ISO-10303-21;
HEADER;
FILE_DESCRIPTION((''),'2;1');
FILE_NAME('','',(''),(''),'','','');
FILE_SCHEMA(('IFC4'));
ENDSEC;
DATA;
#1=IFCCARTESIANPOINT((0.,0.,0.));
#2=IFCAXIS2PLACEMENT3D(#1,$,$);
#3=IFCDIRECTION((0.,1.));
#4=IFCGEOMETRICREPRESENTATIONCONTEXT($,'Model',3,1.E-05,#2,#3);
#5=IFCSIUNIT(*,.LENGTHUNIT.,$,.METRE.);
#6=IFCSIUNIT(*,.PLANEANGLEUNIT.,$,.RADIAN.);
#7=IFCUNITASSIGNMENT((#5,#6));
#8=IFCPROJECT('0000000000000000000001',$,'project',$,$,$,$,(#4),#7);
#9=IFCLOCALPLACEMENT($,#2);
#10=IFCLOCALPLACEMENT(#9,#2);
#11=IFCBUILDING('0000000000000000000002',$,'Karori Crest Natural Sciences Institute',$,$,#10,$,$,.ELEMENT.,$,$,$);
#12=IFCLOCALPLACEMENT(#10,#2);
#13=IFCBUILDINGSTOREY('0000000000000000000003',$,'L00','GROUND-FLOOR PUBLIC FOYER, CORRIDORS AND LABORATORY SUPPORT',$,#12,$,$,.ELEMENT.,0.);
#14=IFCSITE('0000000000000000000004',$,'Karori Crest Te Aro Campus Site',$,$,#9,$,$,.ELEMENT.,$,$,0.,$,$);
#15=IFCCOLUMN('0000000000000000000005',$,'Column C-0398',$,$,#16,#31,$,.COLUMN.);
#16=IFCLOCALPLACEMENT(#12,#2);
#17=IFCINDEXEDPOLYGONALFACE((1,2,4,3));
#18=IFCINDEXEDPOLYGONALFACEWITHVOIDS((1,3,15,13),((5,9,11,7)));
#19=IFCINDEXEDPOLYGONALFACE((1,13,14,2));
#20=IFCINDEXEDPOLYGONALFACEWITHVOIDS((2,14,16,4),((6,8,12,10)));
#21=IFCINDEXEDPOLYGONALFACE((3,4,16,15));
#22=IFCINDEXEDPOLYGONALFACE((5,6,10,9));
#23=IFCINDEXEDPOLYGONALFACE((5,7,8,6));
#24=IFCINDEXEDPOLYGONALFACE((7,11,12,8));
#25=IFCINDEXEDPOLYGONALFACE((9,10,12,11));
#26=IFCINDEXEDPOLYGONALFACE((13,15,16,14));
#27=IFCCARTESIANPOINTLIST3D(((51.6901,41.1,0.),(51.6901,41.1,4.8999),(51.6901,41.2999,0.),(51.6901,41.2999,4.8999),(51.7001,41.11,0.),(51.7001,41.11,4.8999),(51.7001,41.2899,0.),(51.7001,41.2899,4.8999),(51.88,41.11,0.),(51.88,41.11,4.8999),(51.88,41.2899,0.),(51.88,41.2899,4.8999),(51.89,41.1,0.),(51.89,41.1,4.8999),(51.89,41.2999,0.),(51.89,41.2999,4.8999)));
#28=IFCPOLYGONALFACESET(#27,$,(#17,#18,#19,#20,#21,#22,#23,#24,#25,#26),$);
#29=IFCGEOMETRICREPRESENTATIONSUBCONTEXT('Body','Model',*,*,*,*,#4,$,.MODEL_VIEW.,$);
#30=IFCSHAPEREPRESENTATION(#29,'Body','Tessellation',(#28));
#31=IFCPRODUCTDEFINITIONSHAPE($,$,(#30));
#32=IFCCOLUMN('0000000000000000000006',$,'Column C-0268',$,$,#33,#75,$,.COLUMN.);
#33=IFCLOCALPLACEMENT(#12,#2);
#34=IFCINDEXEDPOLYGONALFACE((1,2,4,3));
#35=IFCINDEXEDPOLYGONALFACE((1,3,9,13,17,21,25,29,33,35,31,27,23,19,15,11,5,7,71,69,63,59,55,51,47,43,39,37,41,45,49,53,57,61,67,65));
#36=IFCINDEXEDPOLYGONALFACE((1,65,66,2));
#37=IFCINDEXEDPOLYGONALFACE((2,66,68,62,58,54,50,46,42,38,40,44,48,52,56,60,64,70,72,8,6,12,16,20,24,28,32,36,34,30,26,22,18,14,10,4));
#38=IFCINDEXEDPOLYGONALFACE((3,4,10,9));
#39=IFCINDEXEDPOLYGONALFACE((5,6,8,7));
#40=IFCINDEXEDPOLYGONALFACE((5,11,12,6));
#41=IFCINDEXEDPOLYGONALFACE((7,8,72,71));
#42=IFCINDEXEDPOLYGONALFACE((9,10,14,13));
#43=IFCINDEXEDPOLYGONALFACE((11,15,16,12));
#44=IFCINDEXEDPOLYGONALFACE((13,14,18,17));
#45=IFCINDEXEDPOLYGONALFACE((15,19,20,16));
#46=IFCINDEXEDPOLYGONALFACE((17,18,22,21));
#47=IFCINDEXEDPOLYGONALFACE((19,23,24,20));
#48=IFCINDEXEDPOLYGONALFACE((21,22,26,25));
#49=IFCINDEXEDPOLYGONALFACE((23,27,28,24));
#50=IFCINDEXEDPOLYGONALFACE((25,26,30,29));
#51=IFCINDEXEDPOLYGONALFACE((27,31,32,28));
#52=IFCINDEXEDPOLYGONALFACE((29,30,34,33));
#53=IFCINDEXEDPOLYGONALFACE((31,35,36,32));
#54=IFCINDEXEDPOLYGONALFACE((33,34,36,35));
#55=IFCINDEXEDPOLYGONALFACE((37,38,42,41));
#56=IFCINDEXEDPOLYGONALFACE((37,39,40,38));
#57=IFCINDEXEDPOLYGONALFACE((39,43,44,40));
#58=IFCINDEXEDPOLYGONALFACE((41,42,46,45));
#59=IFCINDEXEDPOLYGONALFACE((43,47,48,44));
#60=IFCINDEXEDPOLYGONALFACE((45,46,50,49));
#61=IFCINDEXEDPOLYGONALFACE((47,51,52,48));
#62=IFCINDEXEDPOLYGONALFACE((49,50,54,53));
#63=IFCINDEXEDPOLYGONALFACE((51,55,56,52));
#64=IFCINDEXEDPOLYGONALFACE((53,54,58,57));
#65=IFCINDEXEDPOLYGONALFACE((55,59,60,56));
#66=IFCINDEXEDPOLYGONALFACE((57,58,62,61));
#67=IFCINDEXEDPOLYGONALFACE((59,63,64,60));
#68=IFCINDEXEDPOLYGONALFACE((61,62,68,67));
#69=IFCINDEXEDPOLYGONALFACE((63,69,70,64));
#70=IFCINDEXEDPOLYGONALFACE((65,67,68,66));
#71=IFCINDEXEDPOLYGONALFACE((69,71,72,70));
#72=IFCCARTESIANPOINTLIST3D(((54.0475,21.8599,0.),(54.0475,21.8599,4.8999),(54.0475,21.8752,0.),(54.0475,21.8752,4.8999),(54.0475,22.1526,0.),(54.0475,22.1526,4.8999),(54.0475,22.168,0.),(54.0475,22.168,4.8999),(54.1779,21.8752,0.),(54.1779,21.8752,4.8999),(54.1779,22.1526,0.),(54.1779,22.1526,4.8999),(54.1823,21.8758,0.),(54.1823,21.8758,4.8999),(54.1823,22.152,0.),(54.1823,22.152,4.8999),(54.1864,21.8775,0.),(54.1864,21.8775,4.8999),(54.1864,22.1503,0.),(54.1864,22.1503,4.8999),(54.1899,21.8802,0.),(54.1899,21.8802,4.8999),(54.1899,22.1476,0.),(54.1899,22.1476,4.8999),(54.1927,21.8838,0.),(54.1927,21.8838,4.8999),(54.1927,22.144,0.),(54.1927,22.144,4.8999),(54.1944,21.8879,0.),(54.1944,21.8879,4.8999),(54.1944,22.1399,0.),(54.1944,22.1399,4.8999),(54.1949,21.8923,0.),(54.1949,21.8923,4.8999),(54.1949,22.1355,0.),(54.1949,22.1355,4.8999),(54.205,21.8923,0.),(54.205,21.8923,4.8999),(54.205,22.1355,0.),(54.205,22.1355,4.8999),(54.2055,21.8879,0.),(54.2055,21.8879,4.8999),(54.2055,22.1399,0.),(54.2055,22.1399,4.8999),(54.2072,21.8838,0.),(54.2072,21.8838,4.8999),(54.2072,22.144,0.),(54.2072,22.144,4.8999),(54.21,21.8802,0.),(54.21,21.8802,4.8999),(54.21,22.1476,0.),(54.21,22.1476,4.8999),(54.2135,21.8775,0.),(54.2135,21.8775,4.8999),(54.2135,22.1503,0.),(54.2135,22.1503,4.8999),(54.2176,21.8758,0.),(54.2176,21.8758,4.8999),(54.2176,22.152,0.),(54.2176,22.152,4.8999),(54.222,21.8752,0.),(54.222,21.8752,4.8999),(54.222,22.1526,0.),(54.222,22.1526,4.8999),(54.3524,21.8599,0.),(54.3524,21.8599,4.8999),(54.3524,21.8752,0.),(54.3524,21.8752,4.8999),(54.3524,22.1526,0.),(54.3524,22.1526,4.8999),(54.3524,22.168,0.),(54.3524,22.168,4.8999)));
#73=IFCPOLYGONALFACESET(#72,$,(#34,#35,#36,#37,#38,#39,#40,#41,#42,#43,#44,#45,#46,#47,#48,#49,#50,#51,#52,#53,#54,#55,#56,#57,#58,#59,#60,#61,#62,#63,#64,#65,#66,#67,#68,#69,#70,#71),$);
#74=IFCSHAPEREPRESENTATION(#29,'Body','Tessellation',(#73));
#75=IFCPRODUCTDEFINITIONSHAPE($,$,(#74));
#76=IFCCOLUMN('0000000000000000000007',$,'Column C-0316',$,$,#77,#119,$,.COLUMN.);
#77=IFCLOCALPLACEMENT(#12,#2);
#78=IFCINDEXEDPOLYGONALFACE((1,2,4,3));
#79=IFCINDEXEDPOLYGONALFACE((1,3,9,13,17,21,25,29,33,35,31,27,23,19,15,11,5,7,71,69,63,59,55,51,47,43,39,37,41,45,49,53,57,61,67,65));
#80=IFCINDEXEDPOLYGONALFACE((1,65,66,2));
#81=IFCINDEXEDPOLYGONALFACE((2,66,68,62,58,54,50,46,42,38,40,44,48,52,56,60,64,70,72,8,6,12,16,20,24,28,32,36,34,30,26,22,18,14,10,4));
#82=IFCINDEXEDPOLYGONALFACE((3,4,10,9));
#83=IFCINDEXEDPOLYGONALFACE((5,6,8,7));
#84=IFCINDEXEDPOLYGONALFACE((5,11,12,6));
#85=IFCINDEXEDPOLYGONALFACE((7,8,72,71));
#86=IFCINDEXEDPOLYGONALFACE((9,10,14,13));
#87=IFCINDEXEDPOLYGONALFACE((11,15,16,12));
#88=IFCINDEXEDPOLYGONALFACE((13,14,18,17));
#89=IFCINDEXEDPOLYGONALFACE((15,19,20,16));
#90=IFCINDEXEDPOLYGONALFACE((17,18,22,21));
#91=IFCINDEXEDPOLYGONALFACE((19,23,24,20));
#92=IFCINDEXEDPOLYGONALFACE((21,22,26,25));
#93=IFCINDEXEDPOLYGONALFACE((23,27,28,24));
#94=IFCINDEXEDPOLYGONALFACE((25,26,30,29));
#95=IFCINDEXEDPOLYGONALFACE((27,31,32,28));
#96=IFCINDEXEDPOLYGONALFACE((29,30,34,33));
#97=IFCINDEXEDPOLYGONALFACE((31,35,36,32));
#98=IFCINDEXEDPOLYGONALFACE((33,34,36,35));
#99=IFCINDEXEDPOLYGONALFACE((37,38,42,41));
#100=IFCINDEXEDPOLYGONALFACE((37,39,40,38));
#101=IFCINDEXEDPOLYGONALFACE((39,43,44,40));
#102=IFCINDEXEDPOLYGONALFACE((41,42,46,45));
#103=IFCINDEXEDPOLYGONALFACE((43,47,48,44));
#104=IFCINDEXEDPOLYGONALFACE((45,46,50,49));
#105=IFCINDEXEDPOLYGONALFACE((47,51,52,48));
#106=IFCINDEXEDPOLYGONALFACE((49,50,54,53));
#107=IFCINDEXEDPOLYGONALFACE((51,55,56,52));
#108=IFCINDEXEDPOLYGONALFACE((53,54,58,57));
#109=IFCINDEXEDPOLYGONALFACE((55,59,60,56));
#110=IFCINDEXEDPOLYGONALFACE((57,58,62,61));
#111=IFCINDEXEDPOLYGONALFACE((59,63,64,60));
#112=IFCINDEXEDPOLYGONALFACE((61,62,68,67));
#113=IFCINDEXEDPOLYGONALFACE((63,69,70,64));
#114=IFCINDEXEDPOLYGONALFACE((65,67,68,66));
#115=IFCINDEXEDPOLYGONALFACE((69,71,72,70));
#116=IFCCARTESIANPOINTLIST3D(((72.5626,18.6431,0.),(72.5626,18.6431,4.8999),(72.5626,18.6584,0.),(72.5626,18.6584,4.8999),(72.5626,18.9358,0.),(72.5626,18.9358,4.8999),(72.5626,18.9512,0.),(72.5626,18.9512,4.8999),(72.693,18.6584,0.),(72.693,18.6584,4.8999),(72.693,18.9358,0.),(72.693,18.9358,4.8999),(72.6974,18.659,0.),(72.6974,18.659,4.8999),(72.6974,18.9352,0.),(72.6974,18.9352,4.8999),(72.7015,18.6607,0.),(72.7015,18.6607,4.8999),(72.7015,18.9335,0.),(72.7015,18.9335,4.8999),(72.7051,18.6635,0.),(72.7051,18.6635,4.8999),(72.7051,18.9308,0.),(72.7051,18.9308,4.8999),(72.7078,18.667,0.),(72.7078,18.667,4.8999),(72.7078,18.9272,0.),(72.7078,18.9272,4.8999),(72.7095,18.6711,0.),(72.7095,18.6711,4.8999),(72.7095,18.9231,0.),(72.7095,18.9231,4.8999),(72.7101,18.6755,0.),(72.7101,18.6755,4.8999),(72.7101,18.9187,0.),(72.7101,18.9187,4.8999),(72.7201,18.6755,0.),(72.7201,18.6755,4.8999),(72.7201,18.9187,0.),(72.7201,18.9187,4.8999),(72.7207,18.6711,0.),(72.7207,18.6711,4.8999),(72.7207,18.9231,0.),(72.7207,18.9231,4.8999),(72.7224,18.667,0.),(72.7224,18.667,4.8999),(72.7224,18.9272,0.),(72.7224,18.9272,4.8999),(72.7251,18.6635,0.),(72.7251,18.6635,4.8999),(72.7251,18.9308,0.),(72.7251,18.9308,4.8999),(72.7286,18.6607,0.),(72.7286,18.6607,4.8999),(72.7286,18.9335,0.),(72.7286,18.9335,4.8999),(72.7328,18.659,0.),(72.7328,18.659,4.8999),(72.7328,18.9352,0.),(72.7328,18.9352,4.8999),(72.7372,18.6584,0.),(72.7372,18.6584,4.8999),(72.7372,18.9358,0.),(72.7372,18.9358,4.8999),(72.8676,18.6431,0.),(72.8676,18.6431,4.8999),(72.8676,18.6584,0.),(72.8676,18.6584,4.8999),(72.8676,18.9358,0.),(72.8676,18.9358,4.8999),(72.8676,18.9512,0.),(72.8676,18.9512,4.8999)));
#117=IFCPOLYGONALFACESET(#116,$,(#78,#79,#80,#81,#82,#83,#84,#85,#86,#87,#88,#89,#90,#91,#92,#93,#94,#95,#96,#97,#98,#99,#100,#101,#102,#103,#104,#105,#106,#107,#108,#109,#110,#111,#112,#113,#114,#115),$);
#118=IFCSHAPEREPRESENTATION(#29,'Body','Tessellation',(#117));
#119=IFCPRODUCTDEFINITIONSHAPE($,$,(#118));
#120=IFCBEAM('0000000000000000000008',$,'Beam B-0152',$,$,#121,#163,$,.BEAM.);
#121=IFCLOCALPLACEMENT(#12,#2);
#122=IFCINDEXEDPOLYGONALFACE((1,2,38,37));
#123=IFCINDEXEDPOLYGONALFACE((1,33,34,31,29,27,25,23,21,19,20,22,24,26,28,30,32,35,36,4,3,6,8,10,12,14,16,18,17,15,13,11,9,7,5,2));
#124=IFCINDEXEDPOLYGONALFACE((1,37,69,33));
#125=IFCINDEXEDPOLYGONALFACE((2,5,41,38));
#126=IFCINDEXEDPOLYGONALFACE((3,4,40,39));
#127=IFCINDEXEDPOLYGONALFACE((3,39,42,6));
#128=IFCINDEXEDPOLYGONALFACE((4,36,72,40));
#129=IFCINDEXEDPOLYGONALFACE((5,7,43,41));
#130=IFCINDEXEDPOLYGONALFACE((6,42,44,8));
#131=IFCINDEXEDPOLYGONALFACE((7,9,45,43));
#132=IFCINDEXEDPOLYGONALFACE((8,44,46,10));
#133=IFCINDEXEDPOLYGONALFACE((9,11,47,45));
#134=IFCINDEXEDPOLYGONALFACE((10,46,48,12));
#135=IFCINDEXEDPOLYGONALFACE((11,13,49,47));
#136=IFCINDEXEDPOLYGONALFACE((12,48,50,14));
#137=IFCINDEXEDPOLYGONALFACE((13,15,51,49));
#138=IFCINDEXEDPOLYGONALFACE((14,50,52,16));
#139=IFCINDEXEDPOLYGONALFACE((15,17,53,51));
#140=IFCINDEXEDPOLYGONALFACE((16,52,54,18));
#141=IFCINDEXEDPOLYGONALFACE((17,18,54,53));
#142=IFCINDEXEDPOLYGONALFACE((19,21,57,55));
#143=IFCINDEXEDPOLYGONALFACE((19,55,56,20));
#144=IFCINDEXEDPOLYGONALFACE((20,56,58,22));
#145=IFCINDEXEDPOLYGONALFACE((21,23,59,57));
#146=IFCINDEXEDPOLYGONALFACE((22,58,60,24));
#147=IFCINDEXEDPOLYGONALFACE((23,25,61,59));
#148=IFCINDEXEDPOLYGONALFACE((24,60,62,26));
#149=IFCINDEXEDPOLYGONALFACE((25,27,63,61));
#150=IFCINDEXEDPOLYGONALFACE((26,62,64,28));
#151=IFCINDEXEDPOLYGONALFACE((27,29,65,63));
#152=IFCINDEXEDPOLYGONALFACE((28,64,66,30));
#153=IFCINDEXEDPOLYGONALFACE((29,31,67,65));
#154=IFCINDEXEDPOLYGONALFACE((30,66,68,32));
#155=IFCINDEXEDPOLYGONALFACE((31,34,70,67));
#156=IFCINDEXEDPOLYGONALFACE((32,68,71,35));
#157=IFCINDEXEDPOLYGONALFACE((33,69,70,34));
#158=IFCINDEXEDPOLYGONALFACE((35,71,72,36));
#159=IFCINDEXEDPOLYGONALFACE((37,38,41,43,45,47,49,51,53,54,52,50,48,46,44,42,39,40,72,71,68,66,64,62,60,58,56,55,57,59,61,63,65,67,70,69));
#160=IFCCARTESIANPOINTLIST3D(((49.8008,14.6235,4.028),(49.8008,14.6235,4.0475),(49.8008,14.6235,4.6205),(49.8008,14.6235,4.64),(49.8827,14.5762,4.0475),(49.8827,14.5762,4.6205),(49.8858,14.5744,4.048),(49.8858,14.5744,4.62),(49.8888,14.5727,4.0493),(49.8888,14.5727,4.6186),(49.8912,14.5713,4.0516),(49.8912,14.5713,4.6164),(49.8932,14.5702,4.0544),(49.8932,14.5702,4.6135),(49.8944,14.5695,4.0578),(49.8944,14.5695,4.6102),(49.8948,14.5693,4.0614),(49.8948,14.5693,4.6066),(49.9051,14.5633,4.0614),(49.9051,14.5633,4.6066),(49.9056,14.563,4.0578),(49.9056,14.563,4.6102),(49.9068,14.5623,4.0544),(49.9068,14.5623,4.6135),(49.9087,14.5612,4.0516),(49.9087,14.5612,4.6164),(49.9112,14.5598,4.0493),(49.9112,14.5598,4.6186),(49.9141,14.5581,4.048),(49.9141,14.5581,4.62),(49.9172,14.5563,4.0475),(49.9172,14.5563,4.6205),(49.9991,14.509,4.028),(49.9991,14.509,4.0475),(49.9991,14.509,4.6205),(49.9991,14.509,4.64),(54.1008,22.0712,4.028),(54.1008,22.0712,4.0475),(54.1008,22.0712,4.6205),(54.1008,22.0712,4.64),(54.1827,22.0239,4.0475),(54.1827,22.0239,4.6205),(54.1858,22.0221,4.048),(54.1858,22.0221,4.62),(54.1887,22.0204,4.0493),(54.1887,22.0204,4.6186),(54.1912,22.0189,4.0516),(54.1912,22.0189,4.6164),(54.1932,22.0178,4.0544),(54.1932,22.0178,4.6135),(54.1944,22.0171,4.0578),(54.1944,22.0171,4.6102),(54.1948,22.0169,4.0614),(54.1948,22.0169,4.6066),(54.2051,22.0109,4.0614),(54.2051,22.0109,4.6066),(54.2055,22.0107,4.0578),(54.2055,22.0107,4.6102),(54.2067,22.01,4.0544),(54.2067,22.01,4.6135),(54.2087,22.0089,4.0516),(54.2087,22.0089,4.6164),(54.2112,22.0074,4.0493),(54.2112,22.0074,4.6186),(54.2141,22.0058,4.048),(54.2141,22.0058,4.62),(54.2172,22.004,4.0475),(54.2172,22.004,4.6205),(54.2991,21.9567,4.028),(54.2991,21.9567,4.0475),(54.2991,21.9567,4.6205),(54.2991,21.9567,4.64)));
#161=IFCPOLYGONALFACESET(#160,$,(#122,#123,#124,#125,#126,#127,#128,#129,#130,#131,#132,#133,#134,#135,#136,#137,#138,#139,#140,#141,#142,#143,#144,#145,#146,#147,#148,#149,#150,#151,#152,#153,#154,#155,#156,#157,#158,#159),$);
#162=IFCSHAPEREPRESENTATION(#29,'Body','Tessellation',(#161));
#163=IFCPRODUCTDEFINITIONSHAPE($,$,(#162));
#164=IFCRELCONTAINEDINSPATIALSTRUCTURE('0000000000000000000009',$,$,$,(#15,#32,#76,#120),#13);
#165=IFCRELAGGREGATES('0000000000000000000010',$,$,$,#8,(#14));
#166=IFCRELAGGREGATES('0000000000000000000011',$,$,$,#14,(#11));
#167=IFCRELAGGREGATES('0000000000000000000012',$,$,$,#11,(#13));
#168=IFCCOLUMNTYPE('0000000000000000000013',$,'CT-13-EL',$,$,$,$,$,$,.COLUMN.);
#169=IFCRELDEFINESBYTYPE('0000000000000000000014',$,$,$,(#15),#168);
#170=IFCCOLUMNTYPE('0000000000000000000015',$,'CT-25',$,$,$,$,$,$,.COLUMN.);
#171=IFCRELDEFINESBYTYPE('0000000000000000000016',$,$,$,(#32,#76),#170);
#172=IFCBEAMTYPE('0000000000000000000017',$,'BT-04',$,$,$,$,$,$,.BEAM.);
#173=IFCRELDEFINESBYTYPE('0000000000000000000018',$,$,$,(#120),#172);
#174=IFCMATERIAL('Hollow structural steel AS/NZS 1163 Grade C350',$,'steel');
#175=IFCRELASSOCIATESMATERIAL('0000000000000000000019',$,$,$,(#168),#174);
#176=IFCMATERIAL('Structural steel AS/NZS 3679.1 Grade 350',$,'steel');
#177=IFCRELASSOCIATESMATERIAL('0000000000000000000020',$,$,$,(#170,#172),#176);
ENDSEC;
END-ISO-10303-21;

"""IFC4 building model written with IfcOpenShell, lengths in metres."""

from ifc_helpers import new_model, si_unit, direction, frame, origin, origin_2d, place, context, subcontext, project, spatial, hollow_rectangle, i_section, extrude, material, material_profile, profile_set, type_object, element, save


model = new_model("IFC4")

# Units and contexts
model_context = context("Model", 3, precision=1e-05, world=origin(), true_north=direction((0.0, 1.0)))
body_context = subcontext(model_context, "Body", "Model", "MODEL_VIEW")
ifc_project = project(units=[si_unit("LENGTHUNIT", "METRE"), si_unit("PLANEANGLEUNIT", "RADIAN")], contexts=[model_context])

# Site, building, storey
site_placement = place(None, origin())
site = spatial("IfcSite", under=ifc_project, at=site_placement, Name="Karori Crest Te Aro Campus Site", CompositionType="ELEMENT", RefElevation=0.0)
building_placement = place(site_placement, origin())
building = spatial("IfcBuilding", under=site, at=building_placement, Name="Karori Crest Natural Sciences Institute", CompositionType="ELEMENT")
storey_placement = place(building_placement, origin())
storey = spatial("IfcBuildingStorey", under=building, at=storey_placement, Name="L00", Description="GROUND-FLOOR PUBLIC FOYER, CORRIDORS AND LABORATORY SUPPORT", CompositionType="ELEMENT", Elevation=0.0)

# Columns
ifc_material_1 = material(Name="Hollow structural steel AS/NZS 1163 Grade C350", Category="steel")
ifc_material_profile_1 = material_profile(ifc_material_1, hollow_rectangle(XDim=0.2, YDim=0.2, WallThickness=0.01, at=origin_2d()), Name="SHS200x200x10")
ifc_profile_set_1 = profile_set([ifc_material_profile_1], Name="Hollow structural steel AS/NZS 1163 Grade C350")
column_type_1 = type_object("IfcColumnType", Name="CT-13-EL", PredefinedType="COLUMN", material=ifc_profile_set_1)
column_placement = place(storey_placement, frame((51.79, 41.2, 0.0), z_axis=(0.0, 0.0, 1.0), x_axis=(1.0, 0.0, 0.0)))
element("IfcColumn", 1, at=column_placement, inside=storey, type_object=column_type_1, Name="Column C-0398", PredefinedType="COLUMN", context=body_context, shape_type="SweptSolid", body=[
    extrude(hollow_rectangle(XDim=0.2, YDim=0.2, WallThickness=0.01, at=origin_2d()), origin(), (0.0, 0.0, 1.0), 4.8999),
])
ifc_material_2 = material(Name="Structural steel AS/NZS 3679.1 Grade 350", Category="steel")
ifc_material_profile_2 = material_profile(ifc_material_2, i_section(OverallWidth=0.3049, OverallDepth=0.3081, WebThickness=0.01, FlangeThickness=0.0154, FilletRadius=0.0171, at=origin_2d()), Name="310UC96.8")
ifc_profile_set_2 = profile_set([ifc_material_profile_2], Name="Structural steel AS/NZS 3679.1 Grade 350")
column_type_2 = type_object("IfcColumnType", Name="CT-25", PredefinedType="COLUMN", material=ifc_profile_set_2)
for number, where, z_axis, x_axis, name in (
    (2, (54.2, 22.0139, 0.0), (0.0, 0.0, 1.0), (1.0, 0.0, 0.0), "Column C-0268"),
    (3, (72.7151, 18.7971, 0.0), (0.0, 0.0, 1.0), (1.0, 0.0, 0.0), "Column C-0316"),
):
    element("IfcColumn", number, at=place(storey_placement, frame(where, z_axis=z_axis, x_axis=x_axis)), inside=storey, type_object=column_type_2, Name=name, PredefinedType="COLUMN", context=body_context, shape_type="SweptSolid", body=[
        extrude(i_section(OverallWidth=0.3049, OverallDepth=0.3081, WebThickness=0.01, FlangeThickness=0.0154, FilletRadius=0.0171, at=origin_2d()), origin(), (0.0, 0.0, 1.0), 4.8999),
    ])

# Beam
ifc_material_profile_3 = material_profile(ifc_material_2, i_section(OverallWidth=0.229, OverallDepth=0.6121, WebThickness=0.012, FlangeThickness=0.0195, FilletRadius=0.0139, at=origin_2d()), Name="610UB125")
ifc_profile_set_3 = profile_set([ifc_material_profile_3], Name="Structural steel AS/NZS 3679.1 Grade 350")
beam_type_1 = type_object("IfcBeamType", Name="BT-04", PredefinedType="BEAM", material=ifc_profile_set_3)
beam_1_placement = place(storey_placement, frame((54.2, 22.0139, 4.334), z_axis=(-0.500008, -0.866021, 0.0), x_axis=(0.866021, -0.500008, 0.0)))
element("IfcBeam", 4, at=beam_1_placement, inside=storey, type_object=beam_type_1, Name="Beam B-0152", PredefinedType="BEAM", context=body_context, shape_type="SweptSolid", body=[
    extrude(i_section(OverallWidth=0.229, OverallDepth=0.6121, WebThickness=0.012, FlangeThickness=0.0195, FilletRadius=0.0139, at=origin_2d()), origin(), (0.0, 0.0, 1.0), 8.5999),
])

save(model, "model.ifc")
